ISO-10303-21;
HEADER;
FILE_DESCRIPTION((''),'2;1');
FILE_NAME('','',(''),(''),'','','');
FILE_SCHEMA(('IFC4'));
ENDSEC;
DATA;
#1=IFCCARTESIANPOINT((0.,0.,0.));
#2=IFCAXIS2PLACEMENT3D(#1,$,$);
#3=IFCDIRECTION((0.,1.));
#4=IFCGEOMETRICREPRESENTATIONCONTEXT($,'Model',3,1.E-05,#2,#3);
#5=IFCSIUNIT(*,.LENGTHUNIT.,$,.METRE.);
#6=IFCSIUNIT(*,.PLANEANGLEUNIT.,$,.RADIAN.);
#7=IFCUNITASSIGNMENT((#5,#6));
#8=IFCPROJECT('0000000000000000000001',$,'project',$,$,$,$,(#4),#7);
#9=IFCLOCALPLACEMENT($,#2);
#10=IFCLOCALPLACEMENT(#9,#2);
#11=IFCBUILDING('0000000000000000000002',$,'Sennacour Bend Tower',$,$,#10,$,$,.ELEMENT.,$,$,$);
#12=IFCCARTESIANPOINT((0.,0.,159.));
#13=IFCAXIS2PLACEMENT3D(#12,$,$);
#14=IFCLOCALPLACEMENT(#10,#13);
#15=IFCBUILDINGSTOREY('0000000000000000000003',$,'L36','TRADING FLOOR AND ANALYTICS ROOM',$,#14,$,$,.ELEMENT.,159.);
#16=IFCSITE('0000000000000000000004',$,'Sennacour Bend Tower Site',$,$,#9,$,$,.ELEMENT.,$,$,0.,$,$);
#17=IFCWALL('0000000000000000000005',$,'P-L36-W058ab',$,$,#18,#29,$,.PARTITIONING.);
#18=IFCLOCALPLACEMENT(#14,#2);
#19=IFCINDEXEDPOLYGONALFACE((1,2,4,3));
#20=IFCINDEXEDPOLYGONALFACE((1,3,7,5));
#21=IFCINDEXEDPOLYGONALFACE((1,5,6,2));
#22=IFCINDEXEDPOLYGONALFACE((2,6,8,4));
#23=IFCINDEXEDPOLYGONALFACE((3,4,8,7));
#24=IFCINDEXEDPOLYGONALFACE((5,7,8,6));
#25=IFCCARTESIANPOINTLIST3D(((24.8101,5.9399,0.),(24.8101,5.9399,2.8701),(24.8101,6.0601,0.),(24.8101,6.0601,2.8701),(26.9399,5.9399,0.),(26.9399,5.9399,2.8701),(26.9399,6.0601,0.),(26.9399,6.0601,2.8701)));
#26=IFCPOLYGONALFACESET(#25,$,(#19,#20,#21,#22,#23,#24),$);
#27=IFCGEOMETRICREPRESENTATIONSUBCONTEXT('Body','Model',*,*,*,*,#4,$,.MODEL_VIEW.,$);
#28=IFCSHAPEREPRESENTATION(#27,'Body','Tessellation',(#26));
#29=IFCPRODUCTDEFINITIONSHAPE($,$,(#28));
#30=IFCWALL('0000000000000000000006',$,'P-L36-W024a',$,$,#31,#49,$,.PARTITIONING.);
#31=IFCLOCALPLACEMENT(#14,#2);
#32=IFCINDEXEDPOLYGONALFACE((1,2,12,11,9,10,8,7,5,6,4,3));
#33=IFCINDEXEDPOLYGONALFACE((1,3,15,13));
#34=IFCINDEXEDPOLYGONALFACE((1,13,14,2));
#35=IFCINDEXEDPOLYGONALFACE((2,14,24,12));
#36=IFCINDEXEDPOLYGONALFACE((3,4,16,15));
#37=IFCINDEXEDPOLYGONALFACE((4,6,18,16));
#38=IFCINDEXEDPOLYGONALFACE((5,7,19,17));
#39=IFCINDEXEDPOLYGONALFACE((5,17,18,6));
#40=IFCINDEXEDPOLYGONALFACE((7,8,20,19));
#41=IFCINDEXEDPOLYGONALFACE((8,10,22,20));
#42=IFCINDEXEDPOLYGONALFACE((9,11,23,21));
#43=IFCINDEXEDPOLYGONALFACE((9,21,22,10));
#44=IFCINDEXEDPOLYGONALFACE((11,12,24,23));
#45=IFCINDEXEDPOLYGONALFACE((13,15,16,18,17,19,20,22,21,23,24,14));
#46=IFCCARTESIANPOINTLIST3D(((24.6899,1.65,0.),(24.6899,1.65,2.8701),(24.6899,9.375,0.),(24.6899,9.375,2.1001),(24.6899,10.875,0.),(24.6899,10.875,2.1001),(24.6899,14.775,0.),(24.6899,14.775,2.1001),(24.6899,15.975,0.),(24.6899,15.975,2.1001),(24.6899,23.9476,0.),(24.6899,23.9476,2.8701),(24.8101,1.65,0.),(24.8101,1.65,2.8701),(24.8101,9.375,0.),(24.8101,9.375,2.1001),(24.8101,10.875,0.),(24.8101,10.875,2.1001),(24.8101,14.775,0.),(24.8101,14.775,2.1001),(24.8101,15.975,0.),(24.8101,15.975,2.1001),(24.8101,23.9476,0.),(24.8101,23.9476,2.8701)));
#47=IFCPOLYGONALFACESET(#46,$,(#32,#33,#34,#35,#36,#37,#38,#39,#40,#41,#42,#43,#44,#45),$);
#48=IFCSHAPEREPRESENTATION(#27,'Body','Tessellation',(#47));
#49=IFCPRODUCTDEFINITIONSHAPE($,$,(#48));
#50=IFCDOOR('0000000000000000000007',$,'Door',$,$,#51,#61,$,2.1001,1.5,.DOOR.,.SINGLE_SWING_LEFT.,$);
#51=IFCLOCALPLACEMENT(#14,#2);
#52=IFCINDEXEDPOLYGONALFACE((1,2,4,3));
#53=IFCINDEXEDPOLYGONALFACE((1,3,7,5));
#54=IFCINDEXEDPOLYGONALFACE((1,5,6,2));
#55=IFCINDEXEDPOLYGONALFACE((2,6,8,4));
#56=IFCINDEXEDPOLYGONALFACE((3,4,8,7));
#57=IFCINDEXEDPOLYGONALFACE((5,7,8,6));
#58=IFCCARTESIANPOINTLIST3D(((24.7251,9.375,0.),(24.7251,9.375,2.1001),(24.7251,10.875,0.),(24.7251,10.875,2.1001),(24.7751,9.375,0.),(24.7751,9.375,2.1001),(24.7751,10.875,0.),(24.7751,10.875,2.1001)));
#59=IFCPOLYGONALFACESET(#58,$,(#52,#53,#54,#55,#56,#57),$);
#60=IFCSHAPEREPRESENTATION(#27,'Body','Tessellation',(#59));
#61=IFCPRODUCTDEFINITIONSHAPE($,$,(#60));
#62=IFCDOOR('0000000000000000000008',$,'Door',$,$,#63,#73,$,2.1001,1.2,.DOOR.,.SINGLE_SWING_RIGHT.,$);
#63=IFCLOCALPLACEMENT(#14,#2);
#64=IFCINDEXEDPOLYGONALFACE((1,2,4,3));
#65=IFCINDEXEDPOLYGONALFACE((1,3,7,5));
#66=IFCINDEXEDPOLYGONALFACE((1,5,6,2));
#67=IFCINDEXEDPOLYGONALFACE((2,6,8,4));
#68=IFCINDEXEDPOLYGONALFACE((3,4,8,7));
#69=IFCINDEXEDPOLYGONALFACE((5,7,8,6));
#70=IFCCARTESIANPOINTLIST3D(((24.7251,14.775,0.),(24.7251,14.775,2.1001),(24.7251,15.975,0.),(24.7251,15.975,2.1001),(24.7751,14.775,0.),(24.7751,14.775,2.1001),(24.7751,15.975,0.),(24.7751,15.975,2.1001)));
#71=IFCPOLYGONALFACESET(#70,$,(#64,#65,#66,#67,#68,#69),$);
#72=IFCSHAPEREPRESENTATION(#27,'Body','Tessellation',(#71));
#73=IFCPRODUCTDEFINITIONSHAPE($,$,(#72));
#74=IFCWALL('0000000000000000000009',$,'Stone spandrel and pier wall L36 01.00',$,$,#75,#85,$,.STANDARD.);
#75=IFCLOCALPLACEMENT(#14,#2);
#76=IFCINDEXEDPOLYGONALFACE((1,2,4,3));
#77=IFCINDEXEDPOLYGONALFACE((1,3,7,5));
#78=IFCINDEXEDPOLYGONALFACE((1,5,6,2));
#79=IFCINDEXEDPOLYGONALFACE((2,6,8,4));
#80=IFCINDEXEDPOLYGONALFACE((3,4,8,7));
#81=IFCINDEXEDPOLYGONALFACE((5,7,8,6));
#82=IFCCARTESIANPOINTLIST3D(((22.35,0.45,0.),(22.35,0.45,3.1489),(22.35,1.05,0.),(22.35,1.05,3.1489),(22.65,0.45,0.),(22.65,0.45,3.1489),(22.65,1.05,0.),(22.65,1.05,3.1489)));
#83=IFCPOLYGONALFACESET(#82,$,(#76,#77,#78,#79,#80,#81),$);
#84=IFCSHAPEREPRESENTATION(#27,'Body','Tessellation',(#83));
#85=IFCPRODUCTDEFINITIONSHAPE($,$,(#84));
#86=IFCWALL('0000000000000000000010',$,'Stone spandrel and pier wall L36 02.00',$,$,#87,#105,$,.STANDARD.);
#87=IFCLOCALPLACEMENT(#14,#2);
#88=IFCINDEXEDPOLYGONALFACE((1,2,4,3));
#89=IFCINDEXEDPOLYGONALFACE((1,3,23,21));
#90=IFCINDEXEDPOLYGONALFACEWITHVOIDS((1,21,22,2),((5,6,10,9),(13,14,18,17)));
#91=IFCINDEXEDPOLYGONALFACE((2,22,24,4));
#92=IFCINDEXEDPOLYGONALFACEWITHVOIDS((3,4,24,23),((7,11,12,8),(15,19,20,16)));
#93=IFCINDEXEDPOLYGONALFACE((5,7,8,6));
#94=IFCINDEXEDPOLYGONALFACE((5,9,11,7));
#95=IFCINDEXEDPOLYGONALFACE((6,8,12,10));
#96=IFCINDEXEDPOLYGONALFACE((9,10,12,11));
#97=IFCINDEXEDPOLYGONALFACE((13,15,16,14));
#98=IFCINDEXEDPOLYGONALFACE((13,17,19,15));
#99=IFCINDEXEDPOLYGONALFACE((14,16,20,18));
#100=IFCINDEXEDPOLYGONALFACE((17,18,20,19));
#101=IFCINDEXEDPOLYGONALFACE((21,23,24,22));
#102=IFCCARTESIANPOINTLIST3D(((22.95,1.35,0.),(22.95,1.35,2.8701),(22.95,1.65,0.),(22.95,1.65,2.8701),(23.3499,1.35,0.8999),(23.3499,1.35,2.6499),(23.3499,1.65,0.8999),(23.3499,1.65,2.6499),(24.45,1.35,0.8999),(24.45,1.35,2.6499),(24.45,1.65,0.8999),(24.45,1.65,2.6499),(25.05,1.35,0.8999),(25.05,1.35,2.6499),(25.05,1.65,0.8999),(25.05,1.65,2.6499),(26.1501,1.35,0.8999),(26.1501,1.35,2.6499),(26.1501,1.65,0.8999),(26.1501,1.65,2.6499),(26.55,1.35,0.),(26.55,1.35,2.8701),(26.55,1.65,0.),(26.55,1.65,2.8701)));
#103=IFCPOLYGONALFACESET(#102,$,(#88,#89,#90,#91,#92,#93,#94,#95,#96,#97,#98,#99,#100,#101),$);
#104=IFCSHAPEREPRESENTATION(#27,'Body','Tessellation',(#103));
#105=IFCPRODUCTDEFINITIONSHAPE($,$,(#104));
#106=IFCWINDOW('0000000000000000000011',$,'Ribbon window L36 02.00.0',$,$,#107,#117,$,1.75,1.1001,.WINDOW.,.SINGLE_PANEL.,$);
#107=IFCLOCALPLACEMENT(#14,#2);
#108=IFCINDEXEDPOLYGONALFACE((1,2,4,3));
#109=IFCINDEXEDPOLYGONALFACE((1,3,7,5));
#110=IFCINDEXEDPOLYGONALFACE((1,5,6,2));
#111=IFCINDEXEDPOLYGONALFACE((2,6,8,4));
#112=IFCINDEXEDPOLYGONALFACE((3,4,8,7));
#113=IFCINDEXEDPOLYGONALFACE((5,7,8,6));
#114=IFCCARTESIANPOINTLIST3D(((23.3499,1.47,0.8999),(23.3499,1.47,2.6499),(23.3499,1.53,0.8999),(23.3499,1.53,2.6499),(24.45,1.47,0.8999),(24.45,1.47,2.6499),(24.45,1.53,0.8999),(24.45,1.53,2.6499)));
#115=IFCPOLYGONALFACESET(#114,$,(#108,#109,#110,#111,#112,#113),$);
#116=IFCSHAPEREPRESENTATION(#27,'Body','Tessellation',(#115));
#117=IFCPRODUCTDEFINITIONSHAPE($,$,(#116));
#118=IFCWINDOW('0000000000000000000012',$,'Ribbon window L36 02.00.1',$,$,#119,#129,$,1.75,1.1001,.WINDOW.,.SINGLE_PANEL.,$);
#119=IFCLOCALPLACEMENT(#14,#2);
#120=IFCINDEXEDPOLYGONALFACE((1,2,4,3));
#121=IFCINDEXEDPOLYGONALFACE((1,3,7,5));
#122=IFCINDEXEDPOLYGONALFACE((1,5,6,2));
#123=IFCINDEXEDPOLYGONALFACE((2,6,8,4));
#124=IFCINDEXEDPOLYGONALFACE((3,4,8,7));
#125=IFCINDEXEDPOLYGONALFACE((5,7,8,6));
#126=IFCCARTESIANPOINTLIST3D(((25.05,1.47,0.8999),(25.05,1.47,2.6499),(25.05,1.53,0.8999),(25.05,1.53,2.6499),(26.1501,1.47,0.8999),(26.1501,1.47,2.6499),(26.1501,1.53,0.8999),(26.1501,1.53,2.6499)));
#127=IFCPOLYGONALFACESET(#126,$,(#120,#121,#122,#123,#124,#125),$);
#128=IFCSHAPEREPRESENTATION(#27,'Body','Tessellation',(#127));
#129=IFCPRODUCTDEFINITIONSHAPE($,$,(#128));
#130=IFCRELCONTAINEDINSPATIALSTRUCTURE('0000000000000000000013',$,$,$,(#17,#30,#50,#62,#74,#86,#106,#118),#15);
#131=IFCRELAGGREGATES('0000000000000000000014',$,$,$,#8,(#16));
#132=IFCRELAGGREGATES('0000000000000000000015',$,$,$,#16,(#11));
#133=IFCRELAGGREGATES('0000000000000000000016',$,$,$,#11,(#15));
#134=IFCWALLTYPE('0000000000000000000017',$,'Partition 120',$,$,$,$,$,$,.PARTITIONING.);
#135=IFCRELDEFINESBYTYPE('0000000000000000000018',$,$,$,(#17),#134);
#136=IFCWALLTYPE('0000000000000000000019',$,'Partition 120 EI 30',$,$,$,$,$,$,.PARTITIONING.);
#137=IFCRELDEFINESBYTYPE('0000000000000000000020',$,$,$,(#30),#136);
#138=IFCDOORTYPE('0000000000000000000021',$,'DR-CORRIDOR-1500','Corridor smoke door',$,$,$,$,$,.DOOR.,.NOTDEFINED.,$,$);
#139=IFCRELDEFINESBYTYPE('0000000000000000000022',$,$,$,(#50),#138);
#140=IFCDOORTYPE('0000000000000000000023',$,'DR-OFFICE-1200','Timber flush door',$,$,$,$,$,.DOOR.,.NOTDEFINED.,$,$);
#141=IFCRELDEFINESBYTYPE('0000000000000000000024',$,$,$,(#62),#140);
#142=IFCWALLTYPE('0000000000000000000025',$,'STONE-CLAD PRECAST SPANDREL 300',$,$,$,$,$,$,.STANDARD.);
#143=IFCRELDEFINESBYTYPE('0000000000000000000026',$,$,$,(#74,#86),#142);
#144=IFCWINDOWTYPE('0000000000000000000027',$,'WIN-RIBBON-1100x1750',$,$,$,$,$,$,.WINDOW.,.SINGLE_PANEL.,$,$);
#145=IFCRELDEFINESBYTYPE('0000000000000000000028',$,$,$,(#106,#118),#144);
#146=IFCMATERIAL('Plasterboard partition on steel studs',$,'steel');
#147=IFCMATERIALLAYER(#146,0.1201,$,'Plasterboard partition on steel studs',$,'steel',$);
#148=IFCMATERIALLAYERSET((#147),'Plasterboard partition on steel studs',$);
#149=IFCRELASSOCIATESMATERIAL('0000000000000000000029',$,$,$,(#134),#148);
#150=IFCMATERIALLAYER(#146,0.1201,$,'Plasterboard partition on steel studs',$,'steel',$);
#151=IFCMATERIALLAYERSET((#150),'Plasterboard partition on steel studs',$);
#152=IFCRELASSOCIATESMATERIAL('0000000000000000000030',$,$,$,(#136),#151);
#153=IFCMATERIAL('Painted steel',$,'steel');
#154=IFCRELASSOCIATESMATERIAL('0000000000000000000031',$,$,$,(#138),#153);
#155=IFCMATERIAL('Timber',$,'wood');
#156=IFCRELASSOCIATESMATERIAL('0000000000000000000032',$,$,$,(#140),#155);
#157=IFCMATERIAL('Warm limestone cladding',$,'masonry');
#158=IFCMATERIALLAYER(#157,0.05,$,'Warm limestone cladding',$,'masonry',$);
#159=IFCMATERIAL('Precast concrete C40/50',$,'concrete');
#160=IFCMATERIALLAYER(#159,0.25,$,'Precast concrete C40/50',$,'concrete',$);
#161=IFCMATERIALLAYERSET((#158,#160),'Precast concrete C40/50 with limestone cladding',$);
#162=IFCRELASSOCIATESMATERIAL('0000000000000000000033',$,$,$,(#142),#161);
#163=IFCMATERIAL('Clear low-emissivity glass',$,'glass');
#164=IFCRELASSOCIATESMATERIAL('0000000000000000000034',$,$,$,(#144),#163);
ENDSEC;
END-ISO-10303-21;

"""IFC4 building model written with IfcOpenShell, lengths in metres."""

from ifc_helpers import new_model, si_unit, direction, frame, frame_2d, origin, place, context, subcontext, project, spatial, rectangle, extrude, material, layer, layer_set, type_object, element, fill, save


model = new_model("IFC4")

# Units and contexts
model_context = context("Model", 3, precision=1e-05, world=origin(), true_north=direction((0.0, 1.0)))
body_context = subcontext(model_context, "Body", "Model", "MODEL_VIEW")
ifc_project = project(units=[si_unit("LENGTHUNIT", "METRE"), si_unit("PLANEANGLEUNIT", "RADIAN")], contexts=[model_context])

# Site, building, storey
site_placement = place(None, origin())
site = spatial("IfcSite", under=ifc_project, at=site_placement, Name="Sennacour Bend Tower Site", CompositionType="ELEMENT", RefElevation=0.0)
building_placement = place(site_placement, origin())
building = spatial("IfcBuilding", under=site, at=building_placement, Name="Sennacour Bend Tower", CompositionType="ELEMENT")
storey_placement = place(building_placement, frame((0.0, 0.0, 159.0)))
storey = spatial("IfcBuildingStorey", under=building, at=storey_placement, Name="L36", Description="TRADING FLOOR AND ANALYTICS ROOM", CompositionType="ELEMENT", Elevation=159.0)

# Wall
ifc_material_1 = material(Name="Plasterboard partition on steel studs", Category="steel")
ifc_layer_1 = layer(ifc_material_1, 0.1201, Name="Plasterboard partition on steel studs", Category="steel")
ifc_layer_set_1 = layer_set([ifc_layer_1], Name="Plasterboard partition on steel studs")
wall_type_1 = type_object("IfcWallType", Name="Partition 120", PredefinedType="PARTITIONING", material=ifc_layer_set_1)
wall_1_placement = place(storey_placement, frame((24.8101, 6.0, 0.0), z_axis=(0.0, 0.0, 1.0), x_axis=(1.0, 0.0, 0.0)))
element("IfcWall", 1, at=wall_1_placement, inside=storey, type_object=wall_type_1, Name="P-L36-W058ab", PredefinedType="PARTITIONING", context=body_context, shape_type="SweptSolid", body=[
    extrude(rectangle(XDim=2.1299, YDim=0.1201, at=frame_2d((1.0649, 0.0))), origin(), (0.0, 0.0, 1.0), 2.8701),
])

# Wall, openings, doors
ifc_layer_2 = layer(ifc_material_1, 0.1201, Name="Plasterboard partition on steel studs", Category="steel")
ifc_layer_set_2 = layer_set([ifc_layer_2], Name="Plasterboard partition on steel studs")
wall_type_2 = type_object("IfcWallType", Name="Partition 120 EI 30", PredefinedType="PARTITIONING", material=ifc_layer_set_2)
wall_2_placement = place(storey_placement, frame((24.75, 1.6499, 0.0), z_axis=(0.0, 0.0, 1.0), x_axis=(0.0, 1.0, 0.0)))
wall_2 = element("IfcWall", 2, at=wall_2_placement, inside=storey, type_object=wall_type_2, Name="P-L36-W024a", PredefinedType="PARTITIONING", context=body_context, shape_type="SweptSolid", body=[
    extrude(rectangle(XDim=22.2976, YDim=0.1201, at=frame_2d((11.1489, 0.0))), origin(), (0.0, 0.0, 1.0), 2.8701),
])
opening_1_placement = place(wall_2_placement, frame((7.7251, 0.0, 0.0)))
opening_1 = element("IfcOpeningElement", 3, at=opening_1_placement, cuts=wall_2, PredefinedType="OPENING", context=body_context, shape_type="SweptSolid", body=[
    extrude(rectangle(XDim=1.5, YDim=2.1001, at=frame_2d((0.75, 1.05))), frame((0.0, 0.0701, 0.0), z_axis=(0.0, -1.0, 0.0), x_axis=(1.0, 0.0, 0.0)), (0.0, 0.0, 1.0), 0.1401),
])
opening_2_placement = place(wall_2_placement, frame((13.125, 0.0, 0.0)))
opening_2 = element("IfcOpeningElement", 4, at=opening_2_placement, cuts=wall_2, PredefinedType="OPENING", context=body_context, shape_type="SweptSolid", body=[
    extrude(rectangle(XDim=1.2, YDim=2.1001, at=frame_2d((0.6001, 1.05))), frame((0.0, 0.0701, 0.0), z_axis=(0.0, -1.0, 0.0), x_axis=(1.0, 0.0, 0.0)), (0.0, 0.0, 1.0), 0.1401),
])
ifc_material_2 = material(Name="Painted steel", Category="steel")
door_type_1 = type_object("IfcDoorType", Name="DR-CORRIDOR-1500", Description="Corridor smoke door", OperationType="NOTDEFINED", PredefinedType="DOOR", material=ifc_material_2)
door_1_placement = place(opening_1_placement, origin())
door_1 = element("IfcDoor", 5, at=door_1_placement, inside=storey, type_object=door_type_1, Name="Door", OperationType="SINGLE_SWING_LEFT", OverallHeight=2.1001, OverallWidth=1.5, PredefinedType="DOOR", context=body_context, shape_type="SweptSolid", body=[
    extrude(rectangle(XDim=1.5, YDim=2.1001, at=frame_2d((0.75, 1.05))), frame((0.0, 0.0249, 0.0), z_axis=(0.0, -1.0, 0.0), x_axis=(1.0, 0.0, 0.0)), (0.0, 0.0, 1.0), 0.05),
])
fill(opening_1, door_1)
ifc_material_3 = material(Name="Timber", Category="wood")
door_type_2 = type_object("IfcDoorType", Name="DR-OFFICE-1200", Description="Timber flush door", OperationType="NOTDEFINED", PredefinedType="DOOR", material=ifc_material_3)
door_2_placement = place(opening_2_placement, origin())
door_2 = element("IfcDoor", 6, at=door_2_placement, inside=storey, type_object=door_type_2, Name="Door", OperationType="SINGLE_SWING_RIGHT", OverallHeight=2.1001, OverallWidth=1.2, PredefinedType="DOOR", context=body_context, shape_type="SweptSolid", body=[
    extrude(rectangle(XDim=1.2, YDim=2.1001, at=frame_2d((0.6001, 1.05))), frame((0.0, 0.0249, 0.0), z_axis=(0.0, -1.0, 0.0), x_axis=(1.0, 0.0, 0.0)), (0.0, 0.0, 1.0), 0.05),
])
fill(opening_2, door_2)

# Wall
ifc_material_4 = material(Name="Warm limestone cladding", Category="masonry")
ifc_layer_3 = layer(ifc_material_4, 0.05, Name="Warm limestone cladding", Category="masonry")
ifc_material_5 = material(Name="Precast concrete C40/50", Category="concrete")
ifc_layer_4 = layer(ifc_material_5, 0.25, Name="Precast concrete C40/50", Category="concrete")
ifc_layer_set_3 = layer_set([ifc_layer_3, ifc_layer_4], Name="Precast concrete C40/50 with limestone cladding")
wall_type_3 = type_object("IfcWallType", Name="STONE-CLAD PRECAST SPANDREL 300", PredefinedType="STANDARD", material=ifc_layer_set_3)
wall_3_placement = place(storey_placement, frame((22.5, 0.45, 0.0), z_axis=(0.0, 0.0, 1.0), x_axis=(0.0, 1.0, 0.0)))
element("IfcWall", 7, at=wall_3_placement, inside=storey, type_object=wall_type_3, Name="Stone spandrel and pier wall L36 01.00", PredefinedType="STANDARD", context=body_context, shape_type="SweptSolid", body=[
    extrude(rectangle(XDim=0.6001, YDim=0.3, at=frame_2d((0.3, 0.0))), origin(), (0.0, 0.0, 1.0), 3.1489),
])

# Wall, openings, windows
wall_4_placement = place(storey_placement, frame((22.95, 1.5, 0.0), z_axis=(0.0, 0.0, 1.0), x_axis=(1.0, 0.0, 0.0)))
wall_4 = element("IfcWall", 8, at=wall_4_placement, inside=storey, type_object=wall_type_3, Name="Stone spandrel and pier wall L36 02.00", PredefinedType="STANDARD", context=body_context, shape_type="SweptSolid", body=[
    extrude(rectangle(XDim=3.6001, YDim=0.3, at=frame_2d((1.8, 0.0))), origin(), (0.0, 0.0, 1.0), 2.8701),
])
opening_3_placement = place(wall_4_placement, frame((0.3999, 0.0, 0.8999)))
opening_3 = element("IfcOpeningElement", 9, at=opening_3_placement, cuts=wall_4, PredefinedType="OPENING", context=body_context, shape_type="SweptSolid", body=[
    extrude(rectangle(XDim=1.1001, YDim=1.75, at=frame_2d((0.55, 0.875))), frame((0.0, 0.1602, 0.0), z_axis=(0.0, -1.0, 0.0), x_axis=(1.0, 0.0, 0.0)), (0.0, 0.0, 1.0), 0.3201),
])
opening_4_placement = place(wall_4_placement, frame((2.1001, 0.0, 0.8999)))
opening_4 = element("IfcOpeningElement", 10, at=opening_4_placement, cuts=wall_4, PredefinedType="OPENING", context=body_context, shape_type="SweptSolid", body=[
    extrude(rectangle(XDim=1.1001, YDim=1.75, at=frame_2d((0.55, 0.875))), frame((0.0, 0.1602, 0.0), z_axis=(0.0, -1.0, 0.0), x_axis=(1.0, 0.0, 0.0)), (0.0, 0.0, 1.0), 0.3201),
])
ifc_material_6 = material(Name="Clear low-emissivity glass", Category="glass")
window_type = type_object("IfcWindowType", Name="WIN-RIBBON-1100x1750", PartitioningType="SINGLE_PANEL", PredefinedType="WINDOW", material=ifc_material_6)
window_1_placement = place(opening_3_placement, origin())
window_1 = element("IfcWindow", 11, at=window_1_placement, inside=storey, type_object=window_type, Name="Ribbon window L36 02.00.0", OverallHeight=1.75, OverallWidth=1.1001, PartitioningType="SINGLE_PANEL", PredefinedType="WINDOW", context=body_context, shape_type="SweptSolid", body=[
    extrude(rectangle(XDim=1.1001, YDim=1.75, at=frame_2d((0.55, 0.875))), frame((0.0, 0.03, 0.0), z_axis=(0.0, -1.0, 0.0), x_axis=(1.0, 0.0, 0.0)), (0.0, 0.0, 1.0), 0.0601),
])
fill(opening_3, window_1)
window_2_placement = place(opening_4_placement, origin())
window_2 = element("IfcWindow", 12, at=window_2_placement, inside=storey, type_object=window_type, Name="Ribbon window L36 02.00.1", OverallHeight=1.75, OverallWidth=1.1001, PartitioningType="SINGLE_PANEL", PredefinedType="WINDOW", context=body_context, shape_type="SweptSolid", body=[
    extrude(rectangle(XDim=1.1001, YDim=1.75, at=frame_2d((0.55, 0.875))), frame((0.0, 0.03, 0.0), z_axis=(0.0, -1.0, 0.0), x_axis=(1.0, 0.0, 0.0)), (0.0, 0.0, 1.0), 0.0601),
])
fill(opening_4, window_2)

save(model, "model.ifc")
